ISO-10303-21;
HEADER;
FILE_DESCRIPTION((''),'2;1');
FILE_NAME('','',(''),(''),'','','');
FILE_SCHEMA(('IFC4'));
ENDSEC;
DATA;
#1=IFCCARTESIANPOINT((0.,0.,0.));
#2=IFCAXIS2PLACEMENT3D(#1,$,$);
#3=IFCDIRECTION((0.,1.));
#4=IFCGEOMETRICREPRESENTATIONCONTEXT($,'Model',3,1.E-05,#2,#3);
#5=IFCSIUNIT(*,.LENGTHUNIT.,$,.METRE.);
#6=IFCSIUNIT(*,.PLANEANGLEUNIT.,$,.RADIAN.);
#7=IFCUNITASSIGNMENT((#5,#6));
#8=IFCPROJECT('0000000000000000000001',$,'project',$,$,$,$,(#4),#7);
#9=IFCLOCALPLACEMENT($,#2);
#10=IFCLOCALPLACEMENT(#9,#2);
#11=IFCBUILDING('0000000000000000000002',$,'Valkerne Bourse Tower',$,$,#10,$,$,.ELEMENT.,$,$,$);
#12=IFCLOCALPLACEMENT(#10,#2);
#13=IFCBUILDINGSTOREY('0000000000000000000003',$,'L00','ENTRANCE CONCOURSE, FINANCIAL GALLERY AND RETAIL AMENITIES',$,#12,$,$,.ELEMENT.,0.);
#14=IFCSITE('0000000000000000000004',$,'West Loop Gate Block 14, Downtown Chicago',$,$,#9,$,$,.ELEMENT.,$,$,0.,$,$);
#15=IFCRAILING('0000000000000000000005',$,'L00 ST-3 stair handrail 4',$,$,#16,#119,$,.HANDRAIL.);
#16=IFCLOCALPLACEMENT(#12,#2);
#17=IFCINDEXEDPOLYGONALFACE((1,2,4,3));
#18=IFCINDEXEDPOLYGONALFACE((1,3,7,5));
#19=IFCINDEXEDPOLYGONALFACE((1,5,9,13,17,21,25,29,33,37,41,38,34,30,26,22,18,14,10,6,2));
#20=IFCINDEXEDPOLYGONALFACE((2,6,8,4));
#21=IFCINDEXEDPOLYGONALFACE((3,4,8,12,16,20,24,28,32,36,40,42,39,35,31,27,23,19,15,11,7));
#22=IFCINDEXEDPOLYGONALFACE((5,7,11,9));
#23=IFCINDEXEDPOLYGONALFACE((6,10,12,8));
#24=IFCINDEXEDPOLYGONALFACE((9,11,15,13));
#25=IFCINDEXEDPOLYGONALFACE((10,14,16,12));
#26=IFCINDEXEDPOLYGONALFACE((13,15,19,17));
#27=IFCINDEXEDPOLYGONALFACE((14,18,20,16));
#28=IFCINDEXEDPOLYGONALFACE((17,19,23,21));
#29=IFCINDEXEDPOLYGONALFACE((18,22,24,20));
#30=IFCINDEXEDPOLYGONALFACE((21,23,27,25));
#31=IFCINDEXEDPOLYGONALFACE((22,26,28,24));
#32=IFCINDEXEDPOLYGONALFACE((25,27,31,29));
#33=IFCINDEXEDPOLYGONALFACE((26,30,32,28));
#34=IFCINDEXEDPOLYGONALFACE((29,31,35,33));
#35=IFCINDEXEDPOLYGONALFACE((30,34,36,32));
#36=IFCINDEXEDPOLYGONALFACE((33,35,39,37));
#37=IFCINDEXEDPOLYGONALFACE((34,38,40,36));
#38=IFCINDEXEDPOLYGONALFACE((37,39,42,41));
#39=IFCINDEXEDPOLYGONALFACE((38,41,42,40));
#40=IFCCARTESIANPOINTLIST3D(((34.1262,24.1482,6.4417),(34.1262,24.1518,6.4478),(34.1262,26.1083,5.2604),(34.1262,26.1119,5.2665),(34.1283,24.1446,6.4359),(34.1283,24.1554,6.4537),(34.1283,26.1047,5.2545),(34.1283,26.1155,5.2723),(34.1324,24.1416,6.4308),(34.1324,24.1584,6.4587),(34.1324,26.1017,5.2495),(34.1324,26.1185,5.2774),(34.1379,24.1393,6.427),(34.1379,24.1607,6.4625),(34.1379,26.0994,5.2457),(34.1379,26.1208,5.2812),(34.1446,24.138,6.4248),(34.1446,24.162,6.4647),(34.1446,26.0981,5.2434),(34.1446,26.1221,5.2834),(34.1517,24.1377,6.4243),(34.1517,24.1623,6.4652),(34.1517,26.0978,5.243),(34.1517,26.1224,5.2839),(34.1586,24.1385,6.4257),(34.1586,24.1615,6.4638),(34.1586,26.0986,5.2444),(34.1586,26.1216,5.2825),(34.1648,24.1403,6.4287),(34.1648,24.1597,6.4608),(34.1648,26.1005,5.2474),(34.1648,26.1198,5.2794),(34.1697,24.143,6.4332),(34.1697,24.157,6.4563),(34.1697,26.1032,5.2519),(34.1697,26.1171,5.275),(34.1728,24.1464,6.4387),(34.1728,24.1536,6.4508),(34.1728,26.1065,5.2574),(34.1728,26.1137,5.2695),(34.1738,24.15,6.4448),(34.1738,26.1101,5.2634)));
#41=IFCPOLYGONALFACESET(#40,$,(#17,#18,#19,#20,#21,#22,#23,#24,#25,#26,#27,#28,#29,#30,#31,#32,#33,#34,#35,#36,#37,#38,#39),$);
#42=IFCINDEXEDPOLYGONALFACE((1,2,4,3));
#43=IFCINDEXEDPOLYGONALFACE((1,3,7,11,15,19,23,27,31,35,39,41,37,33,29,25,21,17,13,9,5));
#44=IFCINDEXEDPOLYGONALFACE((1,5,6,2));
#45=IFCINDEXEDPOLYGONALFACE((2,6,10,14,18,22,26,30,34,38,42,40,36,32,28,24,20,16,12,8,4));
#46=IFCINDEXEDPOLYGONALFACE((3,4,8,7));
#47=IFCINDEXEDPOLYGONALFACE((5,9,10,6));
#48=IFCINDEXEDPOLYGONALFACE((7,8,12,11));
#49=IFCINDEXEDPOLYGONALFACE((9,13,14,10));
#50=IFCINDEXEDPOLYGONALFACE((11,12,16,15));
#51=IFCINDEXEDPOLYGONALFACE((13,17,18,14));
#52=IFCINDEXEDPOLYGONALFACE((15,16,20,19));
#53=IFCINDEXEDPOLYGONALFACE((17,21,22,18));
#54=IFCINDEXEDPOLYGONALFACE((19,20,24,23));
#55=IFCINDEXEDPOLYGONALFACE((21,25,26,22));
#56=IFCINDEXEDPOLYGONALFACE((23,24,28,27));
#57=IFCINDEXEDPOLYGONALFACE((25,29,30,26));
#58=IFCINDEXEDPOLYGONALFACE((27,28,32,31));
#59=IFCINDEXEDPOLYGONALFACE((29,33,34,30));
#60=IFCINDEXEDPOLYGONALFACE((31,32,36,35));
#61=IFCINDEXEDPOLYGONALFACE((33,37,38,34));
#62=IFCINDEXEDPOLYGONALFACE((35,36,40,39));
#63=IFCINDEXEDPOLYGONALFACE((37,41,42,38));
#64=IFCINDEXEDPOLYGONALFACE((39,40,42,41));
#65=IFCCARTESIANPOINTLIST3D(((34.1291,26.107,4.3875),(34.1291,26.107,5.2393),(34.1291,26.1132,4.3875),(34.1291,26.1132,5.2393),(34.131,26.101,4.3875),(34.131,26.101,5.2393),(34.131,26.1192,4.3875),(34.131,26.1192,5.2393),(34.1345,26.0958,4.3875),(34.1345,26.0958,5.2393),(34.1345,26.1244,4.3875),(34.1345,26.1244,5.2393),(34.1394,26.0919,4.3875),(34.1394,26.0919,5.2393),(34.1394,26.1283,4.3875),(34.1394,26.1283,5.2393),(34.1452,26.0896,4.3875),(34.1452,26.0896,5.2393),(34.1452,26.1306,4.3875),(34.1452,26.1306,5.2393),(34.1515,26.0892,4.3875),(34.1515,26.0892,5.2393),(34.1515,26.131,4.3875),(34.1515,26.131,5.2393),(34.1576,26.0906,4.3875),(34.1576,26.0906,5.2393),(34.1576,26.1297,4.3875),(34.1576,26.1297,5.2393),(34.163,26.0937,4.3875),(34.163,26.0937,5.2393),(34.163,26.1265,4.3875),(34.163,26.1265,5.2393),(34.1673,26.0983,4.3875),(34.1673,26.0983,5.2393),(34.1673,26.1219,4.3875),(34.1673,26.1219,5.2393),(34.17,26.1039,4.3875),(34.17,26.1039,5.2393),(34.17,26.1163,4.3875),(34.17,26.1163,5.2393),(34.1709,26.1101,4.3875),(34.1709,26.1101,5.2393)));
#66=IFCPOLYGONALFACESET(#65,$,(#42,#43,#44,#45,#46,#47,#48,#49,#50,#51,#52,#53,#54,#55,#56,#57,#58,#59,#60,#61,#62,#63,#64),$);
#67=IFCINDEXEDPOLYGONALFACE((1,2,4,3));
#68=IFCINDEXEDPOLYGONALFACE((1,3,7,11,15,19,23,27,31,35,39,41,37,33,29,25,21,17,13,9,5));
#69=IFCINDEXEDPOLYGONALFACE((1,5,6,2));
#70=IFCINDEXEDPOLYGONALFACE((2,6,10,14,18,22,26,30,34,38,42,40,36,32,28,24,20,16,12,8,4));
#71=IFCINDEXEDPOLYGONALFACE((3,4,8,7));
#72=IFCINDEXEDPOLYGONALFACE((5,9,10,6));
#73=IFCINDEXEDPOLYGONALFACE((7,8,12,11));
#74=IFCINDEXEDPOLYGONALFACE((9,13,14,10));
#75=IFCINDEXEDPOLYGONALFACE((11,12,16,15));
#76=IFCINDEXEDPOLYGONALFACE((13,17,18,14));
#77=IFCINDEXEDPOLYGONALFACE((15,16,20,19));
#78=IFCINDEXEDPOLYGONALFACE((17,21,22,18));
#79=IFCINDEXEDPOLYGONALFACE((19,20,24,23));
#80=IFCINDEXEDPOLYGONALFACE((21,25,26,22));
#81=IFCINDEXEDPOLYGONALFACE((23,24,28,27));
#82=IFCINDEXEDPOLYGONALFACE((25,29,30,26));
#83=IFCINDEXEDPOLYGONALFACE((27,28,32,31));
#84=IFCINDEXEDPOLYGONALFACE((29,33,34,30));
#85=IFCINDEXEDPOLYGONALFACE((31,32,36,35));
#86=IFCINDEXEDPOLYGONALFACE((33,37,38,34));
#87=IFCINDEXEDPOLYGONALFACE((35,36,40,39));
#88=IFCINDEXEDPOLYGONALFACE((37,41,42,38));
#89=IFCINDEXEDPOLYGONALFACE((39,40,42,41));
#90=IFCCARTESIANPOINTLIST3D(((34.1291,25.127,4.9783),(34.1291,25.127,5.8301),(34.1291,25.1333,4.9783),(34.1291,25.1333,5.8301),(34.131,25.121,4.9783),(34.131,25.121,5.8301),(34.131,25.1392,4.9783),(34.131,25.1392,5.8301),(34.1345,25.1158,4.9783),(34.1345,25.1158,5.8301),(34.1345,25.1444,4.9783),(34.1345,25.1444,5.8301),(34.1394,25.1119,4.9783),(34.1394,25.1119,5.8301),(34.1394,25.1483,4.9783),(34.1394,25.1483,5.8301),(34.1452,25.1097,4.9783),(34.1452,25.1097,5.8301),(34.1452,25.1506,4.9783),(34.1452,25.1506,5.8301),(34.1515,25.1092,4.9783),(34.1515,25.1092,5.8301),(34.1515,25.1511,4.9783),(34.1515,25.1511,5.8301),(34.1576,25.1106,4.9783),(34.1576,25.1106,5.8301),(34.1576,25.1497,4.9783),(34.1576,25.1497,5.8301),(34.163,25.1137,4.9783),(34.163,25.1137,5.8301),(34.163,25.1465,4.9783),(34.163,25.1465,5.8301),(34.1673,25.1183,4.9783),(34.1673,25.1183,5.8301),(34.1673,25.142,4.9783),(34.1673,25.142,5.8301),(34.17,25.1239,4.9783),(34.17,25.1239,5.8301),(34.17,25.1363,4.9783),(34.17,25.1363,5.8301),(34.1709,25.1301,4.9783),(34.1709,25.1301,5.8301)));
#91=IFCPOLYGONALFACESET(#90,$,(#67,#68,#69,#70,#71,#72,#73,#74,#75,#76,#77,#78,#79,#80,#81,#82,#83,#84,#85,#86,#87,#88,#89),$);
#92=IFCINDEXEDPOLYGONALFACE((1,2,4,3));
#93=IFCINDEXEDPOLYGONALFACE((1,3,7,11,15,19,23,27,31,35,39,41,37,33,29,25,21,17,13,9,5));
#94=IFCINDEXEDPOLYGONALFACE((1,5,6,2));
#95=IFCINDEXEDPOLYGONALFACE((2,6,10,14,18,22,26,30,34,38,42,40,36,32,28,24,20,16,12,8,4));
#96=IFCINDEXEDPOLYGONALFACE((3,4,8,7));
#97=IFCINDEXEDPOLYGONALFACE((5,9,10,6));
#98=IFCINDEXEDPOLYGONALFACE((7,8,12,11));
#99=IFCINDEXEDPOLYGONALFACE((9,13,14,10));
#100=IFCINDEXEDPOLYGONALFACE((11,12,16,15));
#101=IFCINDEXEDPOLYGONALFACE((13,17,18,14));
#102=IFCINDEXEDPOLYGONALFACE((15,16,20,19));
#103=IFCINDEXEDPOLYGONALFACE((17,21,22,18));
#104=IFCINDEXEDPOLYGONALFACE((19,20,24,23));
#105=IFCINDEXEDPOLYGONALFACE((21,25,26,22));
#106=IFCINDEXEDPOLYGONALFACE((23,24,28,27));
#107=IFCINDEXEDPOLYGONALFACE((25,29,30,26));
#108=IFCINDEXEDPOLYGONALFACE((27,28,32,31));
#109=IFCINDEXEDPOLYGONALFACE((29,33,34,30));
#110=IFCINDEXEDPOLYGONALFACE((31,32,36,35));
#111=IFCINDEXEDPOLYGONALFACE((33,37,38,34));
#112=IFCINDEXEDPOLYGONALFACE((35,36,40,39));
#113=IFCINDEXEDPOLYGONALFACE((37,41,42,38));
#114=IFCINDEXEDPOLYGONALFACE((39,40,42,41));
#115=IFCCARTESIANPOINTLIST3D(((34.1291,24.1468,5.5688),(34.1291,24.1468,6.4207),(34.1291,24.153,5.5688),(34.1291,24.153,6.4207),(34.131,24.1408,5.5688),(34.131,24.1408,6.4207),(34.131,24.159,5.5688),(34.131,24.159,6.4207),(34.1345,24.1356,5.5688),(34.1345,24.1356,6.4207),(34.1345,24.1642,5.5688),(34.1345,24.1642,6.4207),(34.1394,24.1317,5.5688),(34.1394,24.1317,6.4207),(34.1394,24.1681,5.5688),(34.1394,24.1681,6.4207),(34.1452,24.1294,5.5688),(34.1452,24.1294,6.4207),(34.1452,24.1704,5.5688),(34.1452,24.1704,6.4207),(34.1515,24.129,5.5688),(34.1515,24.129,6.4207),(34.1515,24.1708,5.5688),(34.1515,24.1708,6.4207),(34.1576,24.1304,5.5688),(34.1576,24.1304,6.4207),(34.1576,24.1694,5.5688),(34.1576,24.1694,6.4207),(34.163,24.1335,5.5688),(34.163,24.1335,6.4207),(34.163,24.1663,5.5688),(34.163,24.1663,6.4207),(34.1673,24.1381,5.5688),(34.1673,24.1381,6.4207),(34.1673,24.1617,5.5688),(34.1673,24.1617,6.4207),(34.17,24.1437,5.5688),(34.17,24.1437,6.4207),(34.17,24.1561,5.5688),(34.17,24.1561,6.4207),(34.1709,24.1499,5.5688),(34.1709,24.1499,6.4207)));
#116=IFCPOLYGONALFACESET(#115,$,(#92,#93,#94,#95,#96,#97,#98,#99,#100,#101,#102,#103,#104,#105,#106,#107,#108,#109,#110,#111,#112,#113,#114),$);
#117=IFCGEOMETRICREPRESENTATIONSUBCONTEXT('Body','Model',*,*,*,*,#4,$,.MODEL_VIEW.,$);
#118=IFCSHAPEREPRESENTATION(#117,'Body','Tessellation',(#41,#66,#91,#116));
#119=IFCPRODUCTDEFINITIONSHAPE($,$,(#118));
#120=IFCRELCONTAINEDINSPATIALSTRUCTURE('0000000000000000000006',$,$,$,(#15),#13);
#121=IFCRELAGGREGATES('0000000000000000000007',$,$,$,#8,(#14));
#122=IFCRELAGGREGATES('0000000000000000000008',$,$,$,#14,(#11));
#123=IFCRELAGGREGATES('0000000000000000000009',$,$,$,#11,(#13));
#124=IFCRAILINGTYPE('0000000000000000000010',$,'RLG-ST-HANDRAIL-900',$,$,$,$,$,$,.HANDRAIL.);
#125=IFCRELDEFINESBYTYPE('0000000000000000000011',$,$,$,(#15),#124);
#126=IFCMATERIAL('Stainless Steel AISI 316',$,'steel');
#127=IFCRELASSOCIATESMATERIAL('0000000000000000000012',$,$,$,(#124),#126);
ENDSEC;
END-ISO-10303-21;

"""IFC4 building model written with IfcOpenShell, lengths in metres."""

from ifc_helpers import new_model, si_unit, direction, frame, origin, origin_2d, place, context, subcontext, project, spatial, circle, extrude, material, type_object, element, save


model = new_model("IFC4")

# Units and contexts
model_context = context("Model", 3, precision=1e-05, world=origin(), true_north=direction((0.0, 1.0)))
body_context = subcontext(model_context, "Body", "Model", "MODEL_VIEW")
ifc_project = project(units=[si_unit("LENGTHUNIT", "METRE"), si_unit("PLANEANGLEUNIT", "RADIAN")], contexts=[model_context])

# Site, building, storey
site_placement = place(None, origin())
site = spatial("IfcSite", under=ifc_project, at=site_placement, Name="West Loop Gate Block 14, Downtown Chicago", CompositionType="ELEMENT", RefElevation=0.0)
building_placement = place(site_placement, origin())
building = spatial("IfcBuilding", under=site, at=building_placement, Name="Valkerne Bourse Tower", CompositionType="ELEMENT")
storey_placement = place(building_placement, origin())
storey = spatial("IfcBuildingStorey", under=building, at=storey_placement, Name="L00", Description="ENTRANCE CONCOURSE, FINANCIAL GALLERY AND RETAIL AMENITIES", CompositionType="ELEMENT", Elevation=0.0)

# Railing
ifc_material_1 = material(Name="Stainless Steel AISI 316", Category="steel")
railing_type_1 = type_object("IfcRailingType", Name="RLG-ST-HANDRAIL-900", PredefinedType="HANDRAIL", material=ifc_material_1)
railing_1_placement = place(storey_placement, frame((34.1499, 26.1101, 4.3875)))
element("IfcRailing", 1, at=railing_1_placement, inside=storey, type_object=railing_type_1, Name="L00 ST-3 stair handrail 4", PredefinedType="HANDRAIL", context=body_context, shape_type="SweptSolid", body=[
    extrude(circle(Radius=0.0239, at=origin_2d()), frame((0.0, 0.0, 0.876), z_axis=(0.0, -0.856475, 0.516189), x_axis=(1.0, 0.0, 0.0)), (0.0, 0.0, 1.0), 2.2886),
    extrude(circle(Radius=0.021, at=origin_2d()), origin(), (0.0, 0.0, 1.0), 0.8518),
    extrude(circle(Radius=0.021, at=origin_2d()), frame((0.0, -0.98, 0.5908)), (0.0, 0.0, 1.0), 0.8518),
    extrude(circle(Radius=0.021, at=origin_2d()), frame((0.0, -1.9602, 1.1814)), (0.0, 0.0, 1.0), 0.8518),
])

save(model, "model.ifc")
